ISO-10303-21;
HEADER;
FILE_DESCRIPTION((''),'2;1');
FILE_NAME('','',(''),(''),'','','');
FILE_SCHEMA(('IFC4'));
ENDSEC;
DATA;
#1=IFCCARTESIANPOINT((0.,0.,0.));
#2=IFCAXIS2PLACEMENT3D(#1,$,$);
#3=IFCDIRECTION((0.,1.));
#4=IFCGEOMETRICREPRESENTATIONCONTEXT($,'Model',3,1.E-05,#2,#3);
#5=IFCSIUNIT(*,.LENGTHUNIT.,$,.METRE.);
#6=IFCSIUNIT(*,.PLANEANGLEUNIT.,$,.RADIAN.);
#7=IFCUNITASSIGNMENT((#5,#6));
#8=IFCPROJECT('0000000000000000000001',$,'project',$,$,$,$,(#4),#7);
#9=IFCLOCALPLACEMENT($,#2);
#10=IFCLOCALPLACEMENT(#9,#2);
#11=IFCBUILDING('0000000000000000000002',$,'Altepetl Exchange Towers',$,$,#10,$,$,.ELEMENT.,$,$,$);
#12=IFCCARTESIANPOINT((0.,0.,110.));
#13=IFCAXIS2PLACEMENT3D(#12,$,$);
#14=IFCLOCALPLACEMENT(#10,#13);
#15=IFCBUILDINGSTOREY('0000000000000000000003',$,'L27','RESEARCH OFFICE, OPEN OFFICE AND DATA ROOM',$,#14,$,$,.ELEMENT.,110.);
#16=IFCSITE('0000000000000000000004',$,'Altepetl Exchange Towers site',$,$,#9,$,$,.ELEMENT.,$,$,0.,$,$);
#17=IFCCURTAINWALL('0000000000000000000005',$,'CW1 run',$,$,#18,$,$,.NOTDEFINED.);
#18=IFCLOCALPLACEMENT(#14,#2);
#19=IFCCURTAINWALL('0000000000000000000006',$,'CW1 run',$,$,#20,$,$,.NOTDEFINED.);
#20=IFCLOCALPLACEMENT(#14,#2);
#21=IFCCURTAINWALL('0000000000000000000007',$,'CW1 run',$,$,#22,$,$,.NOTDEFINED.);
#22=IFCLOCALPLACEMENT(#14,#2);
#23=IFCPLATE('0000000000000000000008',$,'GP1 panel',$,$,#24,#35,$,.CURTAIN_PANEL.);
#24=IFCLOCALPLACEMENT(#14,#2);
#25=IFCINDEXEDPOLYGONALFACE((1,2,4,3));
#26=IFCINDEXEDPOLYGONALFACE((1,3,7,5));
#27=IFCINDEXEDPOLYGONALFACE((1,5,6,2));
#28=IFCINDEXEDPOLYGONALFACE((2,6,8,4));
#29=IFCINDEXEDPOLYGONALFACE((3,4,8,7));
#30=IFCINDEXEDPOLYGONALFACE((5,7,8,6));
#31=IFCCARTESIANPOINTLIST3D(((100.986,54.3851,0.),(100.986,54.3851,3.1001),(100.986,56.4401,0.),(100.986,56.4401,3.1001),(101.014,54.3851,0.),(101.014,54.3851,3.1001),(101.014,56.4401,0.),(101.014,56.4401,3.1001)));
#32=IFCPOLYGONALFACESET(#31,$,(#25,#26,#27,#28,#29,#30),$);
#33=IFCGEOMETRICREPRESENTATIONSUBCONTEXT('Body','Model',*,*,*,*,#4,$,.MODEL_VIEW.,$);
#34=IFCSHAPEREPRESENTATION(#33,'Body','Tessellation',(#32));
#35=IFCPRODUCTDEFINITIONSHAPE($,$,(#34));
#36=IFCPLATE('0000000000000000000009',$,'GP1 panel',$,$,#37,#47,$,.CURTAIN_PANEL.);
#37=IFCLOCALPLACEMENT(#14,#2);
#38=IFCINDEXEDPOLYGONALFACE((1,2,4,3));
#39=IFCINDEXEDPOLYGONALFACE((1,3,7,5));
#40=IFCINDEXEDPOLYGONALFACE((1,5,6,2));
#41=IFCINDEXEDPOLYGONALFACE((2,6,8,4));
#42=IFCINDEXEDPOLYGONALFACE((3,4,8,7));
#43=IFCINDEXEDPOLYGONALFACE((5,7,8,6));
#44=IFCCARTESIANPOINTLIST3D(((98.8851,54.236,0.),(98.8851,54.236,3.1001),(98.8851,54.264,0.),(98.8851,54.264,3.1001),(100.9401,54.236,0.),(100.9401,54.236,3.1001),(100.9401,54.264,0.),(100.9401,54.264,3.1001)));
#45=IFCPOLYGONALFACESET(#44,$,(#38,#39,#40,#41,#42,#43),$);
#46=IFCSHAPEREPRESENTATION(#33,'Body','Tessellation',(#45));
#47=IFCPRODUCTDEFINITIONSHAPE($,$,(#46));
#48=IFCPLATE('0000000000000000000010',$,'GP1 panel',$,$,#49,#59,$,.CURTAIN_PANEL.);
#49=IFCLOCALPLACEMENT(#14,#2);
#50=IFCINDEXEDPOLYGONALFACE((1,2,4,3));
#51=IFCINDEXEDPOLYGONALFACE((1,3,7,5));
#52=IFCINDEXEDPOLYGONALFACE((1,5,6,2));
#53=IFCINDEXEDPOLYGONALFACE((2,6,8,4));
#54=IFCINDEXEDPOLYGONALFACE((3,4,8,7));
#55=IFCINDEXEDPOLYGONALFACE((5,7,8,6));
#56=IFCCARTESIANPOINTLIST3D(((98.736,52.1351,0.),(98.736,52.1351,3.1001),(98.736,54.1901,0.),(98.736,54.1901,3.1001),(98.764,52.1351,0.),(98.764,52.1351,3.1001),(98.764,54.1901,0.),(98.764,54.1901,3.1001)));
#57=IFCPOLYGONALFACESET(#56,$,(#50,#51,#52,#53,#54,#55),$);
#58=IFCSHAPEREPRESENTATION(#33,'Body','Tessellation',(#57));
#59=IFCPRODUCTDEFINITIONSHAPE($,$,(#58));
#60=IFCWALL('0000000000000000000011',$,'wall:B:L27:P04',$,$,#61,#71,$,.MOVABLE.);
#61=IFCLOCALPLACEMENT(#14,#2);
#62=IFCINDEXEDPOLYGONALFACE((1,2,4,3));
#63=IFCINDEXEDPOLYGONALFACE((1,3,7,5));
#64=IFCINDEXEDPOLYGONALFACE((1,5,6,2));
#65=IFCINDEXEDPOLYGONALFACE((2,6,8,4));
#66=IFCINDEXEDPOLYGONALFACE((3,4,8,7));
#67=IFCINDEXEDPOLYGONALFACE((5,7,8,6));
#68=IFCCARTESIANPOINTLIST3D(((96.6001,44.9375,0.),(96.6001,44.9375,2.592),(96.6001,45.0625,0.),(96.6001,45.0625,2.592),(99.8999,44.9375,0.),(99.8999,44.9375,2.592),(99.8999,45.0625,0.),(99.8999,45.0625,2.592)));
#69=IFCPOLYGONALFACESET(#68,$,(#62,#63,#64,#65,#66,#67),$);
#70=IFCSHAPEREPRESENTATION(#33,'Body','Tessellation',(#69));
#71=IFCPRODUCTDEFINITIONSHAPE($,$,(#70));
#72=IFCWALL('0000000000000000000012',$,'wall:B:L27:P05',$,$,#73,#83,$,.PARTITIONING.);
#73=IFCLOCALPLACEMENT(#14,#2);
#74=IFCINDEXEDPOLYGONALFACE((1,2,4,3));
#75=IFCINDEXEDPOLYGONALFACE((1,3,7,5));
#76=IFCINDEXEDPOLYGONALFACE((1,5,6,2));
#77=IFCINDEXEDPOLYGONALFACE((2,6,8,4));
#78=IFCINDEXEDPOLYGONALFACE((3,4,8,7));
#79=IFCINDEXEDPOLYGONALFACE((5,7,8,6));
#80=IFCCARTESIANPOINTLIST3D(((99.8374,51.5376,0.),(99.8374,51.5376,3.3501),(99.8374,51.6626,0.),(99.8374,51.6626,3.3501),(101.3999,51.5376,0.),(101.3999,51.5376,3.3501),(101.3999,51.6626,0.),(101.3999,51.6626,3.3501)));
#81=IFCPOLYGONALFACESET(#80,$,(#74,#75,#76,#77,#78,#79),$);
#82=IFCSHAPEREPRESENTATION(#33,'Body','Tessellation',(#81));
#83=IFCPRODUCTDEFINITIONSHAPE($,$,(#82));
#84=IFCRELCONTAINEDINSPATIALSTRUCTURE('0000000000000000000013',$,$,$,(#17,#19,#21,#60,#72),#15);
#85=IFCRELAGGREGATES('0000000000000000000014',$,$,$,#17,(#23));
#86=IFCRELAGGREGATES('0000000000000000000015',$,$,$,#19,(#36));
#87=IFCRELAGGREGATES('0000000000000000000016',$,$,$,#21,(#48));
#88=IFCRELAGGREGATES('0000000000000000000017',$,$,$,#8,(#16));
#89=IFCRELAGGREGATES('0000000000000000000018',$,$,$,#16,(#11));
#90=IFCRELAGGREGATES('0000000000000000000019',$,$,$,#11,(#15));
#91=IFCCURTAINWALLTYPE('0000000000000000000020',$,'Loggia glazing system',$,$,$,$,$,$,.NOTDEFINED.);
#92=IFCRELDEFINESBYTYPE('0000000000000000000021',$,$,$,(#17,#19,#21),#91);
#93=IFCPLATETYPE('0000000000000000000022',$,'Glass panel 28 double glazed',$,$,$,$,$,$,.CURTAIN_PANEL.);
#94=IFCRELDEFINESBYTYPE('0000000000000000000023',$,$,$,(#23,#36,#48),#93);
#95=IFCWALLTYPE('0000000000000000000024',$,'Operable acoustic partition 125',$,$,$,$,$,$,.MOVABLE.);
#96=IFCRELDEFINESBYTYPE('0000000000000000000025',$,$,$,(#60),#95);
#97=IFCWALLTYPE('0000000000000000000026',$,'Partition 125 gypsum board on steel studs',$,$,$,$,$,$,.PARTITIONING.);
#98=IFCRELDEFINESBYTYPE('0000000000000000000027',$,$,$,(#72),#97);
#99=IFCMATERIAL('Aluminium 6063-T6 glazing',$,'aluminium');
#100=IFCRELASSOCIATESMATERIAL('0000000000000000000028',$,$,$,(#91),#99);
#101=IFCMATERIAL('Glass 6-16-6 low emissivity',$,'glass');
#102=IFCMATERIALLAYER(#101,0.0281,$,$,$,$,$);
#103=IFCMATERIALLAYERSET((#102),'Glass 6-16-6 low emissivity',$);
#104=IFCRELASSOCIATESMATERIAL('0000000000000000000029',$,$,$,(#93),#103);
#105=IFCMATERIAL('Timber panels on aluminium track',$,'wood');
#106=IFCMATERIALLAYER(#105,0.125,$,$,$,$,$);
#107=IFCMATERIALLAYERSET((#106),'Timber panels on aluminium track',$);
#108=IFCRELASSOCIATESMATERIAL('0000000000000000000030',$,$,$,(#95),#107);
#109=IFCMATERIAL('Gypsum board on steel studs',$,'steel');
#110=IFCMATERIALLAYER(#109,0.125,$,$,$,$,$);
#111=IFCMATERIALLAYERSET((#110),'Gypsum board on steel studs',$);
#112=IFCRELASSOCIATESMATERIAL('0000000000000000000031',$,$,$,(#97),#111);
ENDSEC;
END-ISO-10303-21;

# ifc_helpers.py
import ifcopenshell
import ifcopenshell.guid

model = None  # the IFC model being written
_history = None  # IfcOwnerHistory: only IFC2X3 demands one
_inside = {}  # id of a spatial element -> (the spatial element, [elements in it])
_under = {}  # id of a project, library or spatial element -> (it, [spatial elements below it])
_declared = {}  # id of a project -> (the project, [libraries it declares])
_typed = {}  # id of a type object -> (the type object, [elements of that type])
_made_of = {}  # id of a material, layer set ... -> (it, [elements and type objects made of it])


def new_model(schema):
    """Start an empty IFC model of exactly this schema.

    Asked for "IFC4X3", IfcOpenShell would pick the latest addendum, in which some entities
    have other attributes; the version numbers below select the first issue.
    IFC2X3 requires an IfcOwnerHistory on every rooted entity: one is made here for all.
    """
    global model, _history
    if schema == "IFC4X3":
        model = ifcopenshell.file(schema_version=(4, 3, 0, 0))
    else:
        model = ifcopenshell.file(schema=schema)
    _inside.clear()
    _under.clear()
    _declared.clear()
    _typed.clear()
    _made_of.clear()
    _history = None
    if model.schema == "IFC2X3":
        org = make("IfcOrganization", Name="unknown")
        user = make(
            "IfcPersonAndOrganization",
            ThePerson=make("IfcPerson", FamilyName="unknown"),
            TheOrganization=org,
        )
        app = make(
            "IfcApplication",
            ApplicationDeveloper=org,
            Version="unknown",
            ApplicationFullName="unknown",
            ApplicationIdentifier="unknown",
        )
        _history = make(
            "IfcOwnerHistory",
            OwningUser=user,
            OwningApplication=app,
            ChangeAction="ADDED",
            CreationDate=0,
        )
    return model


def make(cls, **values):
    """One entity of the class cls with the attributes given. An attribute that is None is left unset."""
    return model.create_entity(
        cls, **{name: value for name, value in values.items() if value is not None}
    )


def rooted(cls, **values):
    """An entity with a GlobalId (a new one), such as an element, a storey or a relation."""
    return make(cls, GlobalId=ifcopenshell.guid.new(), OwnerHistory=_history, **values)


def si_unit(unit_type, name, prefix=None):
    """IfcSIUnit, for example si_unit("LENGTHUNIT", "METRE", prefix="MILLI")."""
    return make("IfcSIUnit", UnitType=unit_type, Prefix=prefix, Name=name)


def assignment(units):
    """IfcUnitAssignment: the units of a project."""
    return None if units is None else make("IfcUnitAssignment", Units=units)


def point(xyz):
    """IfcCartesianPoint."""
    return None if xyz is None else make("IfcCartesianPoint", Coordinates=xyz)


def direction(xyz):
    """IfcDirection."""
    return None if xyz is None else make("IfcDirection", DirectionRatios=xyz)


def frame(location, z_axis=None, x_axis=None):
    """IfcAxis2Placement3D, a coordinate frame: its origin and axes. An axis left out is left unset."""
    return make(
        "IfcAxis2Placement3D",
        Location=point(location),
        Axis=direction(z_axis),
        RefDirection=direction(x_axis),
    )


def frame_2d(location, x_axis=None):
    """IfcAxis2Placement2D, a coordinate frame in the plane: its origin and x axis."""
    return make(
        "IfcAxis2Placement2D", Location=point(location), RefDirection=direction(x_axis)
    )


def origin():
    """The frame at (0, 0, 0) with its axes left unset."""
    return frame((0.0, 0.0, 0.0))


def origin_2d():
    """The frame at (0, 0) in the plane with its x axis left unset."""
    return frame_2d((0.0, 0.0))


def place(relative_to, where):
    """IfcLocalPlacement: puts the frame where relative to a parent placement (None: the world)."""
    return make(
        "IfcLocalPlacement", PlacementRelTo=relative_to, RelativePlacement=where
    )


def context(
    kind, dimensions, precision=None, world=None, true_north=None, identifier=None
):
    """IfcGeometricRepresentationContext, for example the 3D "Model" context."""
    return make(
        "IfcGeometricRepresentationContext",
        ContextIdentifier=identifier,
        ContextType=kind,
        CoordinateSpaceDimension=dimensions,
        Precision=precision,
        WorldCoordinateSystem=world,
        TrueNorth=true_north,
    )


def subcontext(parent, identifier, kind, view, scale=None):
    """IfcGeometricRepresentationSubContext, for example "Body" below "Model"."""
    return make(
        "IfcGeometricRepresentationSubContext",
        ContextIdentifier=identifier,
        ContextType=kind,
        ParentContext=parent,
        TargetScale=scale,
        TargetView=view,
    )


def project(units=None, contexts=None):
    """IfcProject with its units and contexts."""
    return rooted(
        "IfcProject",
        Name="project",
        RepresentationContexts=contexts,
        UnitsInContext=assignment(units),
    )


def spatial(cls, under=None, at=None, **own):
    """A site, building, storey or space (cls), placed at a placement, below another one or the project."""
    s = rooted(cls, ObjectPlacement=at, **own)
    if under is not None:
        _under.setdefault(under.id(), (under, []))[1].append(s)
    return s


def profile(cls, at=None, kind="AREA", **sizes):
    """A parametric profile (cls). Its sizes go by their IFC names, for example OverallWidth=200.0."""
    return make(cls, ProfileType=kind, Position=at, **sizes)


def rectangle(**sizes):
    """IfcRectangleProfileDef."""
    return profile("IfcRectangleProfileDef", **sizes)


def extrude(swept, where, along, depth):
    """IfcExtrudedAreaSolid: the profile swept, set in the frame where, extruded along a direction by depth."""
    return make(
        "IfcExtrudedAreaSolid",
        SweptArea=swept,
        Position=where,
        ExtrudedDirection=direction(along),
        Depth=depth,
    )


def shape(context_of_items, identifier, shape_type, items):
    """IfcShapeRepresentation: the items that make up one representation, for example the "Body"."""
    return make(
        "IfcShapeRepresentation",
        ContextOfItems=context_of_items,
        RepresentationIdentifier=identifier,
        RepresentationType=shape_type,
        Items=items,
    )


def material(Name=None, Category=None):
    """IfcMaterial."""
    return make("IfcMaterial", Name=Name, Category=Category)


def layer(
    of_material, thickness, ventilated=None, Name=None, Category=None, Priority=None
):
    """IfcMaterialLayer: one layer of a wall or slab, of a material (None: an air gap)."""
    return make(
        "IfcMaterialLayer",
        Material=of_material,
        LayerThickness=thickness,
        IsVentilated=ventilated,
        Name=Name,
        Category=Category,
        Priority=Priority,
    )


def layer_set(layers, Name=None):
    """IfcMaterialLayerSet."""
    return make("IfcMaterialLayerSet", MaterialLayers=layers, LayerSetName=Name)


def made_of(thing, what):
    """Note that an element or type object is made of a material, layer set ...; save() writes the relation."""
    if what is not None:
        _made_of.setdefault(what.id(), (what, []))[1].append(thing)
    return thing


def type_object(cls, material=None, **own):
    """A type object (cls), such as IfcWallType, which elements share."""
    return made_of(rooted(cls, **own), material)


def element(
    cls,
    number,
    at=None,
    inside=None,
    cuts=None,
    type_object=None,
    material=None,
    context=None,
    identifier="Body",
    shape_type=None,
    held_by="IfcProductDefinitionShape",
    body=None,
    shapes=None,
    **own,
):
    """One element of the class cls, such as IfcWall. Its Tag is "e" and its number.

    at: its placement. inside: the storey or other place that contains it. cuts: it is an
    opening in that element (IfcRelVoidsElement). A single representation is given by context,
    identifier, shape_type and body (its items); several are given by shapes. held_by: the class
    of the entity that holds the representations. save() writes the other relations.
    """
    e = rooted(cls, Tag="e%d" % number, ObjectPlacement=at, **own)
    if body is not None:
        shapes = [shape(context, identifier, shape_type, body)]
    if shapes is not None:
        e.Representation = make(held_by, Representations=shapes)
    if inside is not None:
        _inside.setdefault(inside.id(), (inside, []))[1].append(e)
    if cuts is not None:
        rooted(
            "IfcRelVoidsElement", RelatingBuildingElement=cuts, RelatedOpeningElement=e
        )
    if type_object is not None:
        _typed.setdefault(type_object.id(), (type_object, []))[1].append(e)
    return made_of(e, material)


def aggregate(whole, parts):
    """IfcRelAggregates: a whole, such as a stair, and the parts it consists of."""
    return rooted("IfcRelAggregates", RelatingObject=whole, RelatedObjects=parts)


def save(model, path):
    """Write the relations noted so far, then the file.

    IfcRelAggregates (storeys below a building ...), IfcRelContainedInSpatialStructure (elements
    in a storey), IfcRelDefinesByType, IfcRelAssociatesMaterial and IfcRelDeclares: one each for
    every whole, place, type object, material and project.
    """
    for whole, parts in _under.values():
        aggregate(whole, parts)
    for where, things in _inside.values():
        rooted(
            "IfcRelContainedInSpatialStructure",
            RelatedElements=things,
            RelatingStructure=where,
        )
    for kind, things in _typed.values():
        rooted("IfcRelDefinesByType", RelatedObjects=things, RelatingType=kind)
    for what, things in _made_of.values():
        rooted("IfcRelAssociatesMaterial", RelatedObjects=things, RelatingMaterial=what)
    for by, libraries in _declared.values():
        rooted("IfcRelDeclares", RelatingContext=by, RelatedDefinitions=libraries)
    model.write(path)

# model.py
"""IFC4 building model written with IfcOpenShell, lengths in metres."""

from ifc_helpers import new_model, si_unit, direction, frame, frame_2d, origin, origin_2d, place, context, subcontext, project, spatial, rectangle, extrude, material, layer, layer_set, type_object, element, aggregate, save


model = new_model("IFC4")

# Units and contexts
model_context = context("Model", 3, precision=1e-05, world=origin(), true_north=direction((0.0, 1.0)))
body_context = subcontext(model_context, "Body", "Model", "MODEL_VIEW")
ifc_project = project(units=[si_unit("LENGTHUNIT", "METRE"), si_unit("PLANEANGLEUNIT", "RADIAN")], contexts=[model_context])

# Site, building, storey
site_placement = place(None, origin())
site = spatial("IfcSite", under=ifc_project, at=site_placement, Name="Altepetl Exchange Towers site", CompositionType="ELEMENT", RefElevation=0.0)
building_placement = place(site_placement, origin())
building = spatial("IfcBuilding", under=site, at=building_placement, Name="Altepetl Exchange Towers", CompositionType="ELEMENT")
storey_placement = place(building_placement, frame((0.0, 0.0, 110.0)))
storey = spatial("IfcBuildingStorey", under=building, at=storey_placement, Name="L27", Description="RESEARCH OFFICE, OPEN OFFICE AND DATA ROOM", CompositionType="ELEMENT", Elevation=110.0)

# Curtain walls
ifc_material_1 = material(Name="Aluminium 6063-T6 glazing", Category="aluminium")
curtain_wall_type = type_object("IfcCurtainWallType", Name="Loggia glazing system", PredefinedType="NOTDEFINED", material=ifc_material_1)
curtain_wall_1_placement = place(storey_placement, origin())
curtain_wall_1 = element("IfcCurtainWall", 1, at=curtain_wall_1_placement, inside=storey, type_object=curtain_wall_type, Name="CW1 run", PredefinedType="NOTDEFINED")
curtain_wall_2_placement = place(storey_placement, origin())
curtain_wall_2 = element("IfcCurtainWall", 2, at=curtain_wall_2_placement, inside=storey, type_object=curtain_wall_type, Name="CW1 run", PredefinedType="NOTDEFINED")
curtain_wall_3_placement = place(storey_placement, origin())
curtain_wall_3 = element("IfcCurtainWall", 3, at=curtain_wall_3_placement, inside=storey, type_object=curtain_wall_type, Name="CW1 run", PredefinedType="NOTDEFINED")

# Plates
ifc_material_2 = material(Name="Glass 6-16-6 low emissivity", Category="glass")
ifc_layer_1 = layer(ifc_material_2, 0.0281)
ifc_layer_set_1 = layer_set([ifc_layer_1], Name="Glass 6-16-6 low emissivity")
plate_type = type_object("IfcPlateType", Name="Glass panel 28 double glazed", PredefinedType="CURTAIN_PANEL", material=ifc_layer_set_1)
plate_1_placement = place(storey_placement, frame((101.0, 55.4126, 0.0), z_axis=(0.0, 0.0, 1.0), x_axis=(0.0, -1.0, 0.0)))
plate_1 = element("IfcPlate", 4, at=plate_1_placement, type_object=plate_type, Name="GP1 panel", PredefinedType="CURTAIN_PANEL", context=body_context, shape_type="SweptSolid", body=[
    extrude(rectangle(XDim=2.0549, YDim=0.0281, at=origin_2d()), origin(), (0.0, 0.0, 1.0), 3.1001),
])
aggregate(curtain_wall_1, [plate_1])
plate_2_placement = place(storey_placement, frame((99.9126, 54.25, 0.0), z_axis=(0.0, 0.0, 1.0), x_axis=(-1.0, 0.0, 0.0)))
plate_2 = element("IfcPlate", 5, at=plate_2_placement, type_object=plate_type, Name="GP1 panel", PredefinedType="CURTAIN_PANEL", context=body_context, shape_type="SweptSolid", body=[
    extrude(rectangle(XDim=2.0549, YDim=0.0281, at=origin_2d()), origin(), (0.0, 0.0, 1.0), 3.1001),
])
aggregate(curtain_wall_2, [plate_2])
plate_3_placement = place(storey_placement, frame((98.75, 53.1626, 0.0), z_axis=(0.0, 0.0, 1.0), x_axis=(0.0, -1.0, 0.0)))
plate_3 = element("IfcPlate", 6, at=plate_3_placement, type_object=plate_type, Name="GP1 panel", PredefinedType="CURTAIN_PANEL", context=body_context, shape_type="SweptSolid", body=[
    extrude(rectangle(XDim=2.0549, YDim=0.0281, at=origin_2d()), origin(), (0.0, 0.0, 1.0), 3.1001),
])
aggregate(curtain_wall_3, [plate_3])

# Walls
ifc_material_3 = material(Name="Timber panels on aluminium track", Category="wood")
ifc_layer_2 = layer(ifc_material_3, 0.125)
ifc_layer_set_2 = layer_set([ifc_layer_2], Name="Timber panels on aluminium track")
wall_type_1 = type_object("IfcWallType", Name="Operable acoustic partition 125", PredefinedType="MOVABLE", material=ifc_layer_set_2)
wall_1_placement = place(storey_placement, frame((96.6001, 45.0, 0.0)))
element("IfcWall", 7, at=wall_1_placement, inside=storey, type_object=wall_type_1, Name="wall:B:L27:P04", PredefinedType="MOVABLE", context=body_context, shape_type="SweptSolid", body=[
    extrude(rectangle(XDim=3.2998, YDim=0.125, at=frame_2d((1.6499, 0.0))), origin(), (0.0, 0.0, 1.0), 2.592),
])
ifc_material_4 = material(Name="Gypsum board on steel studs", Category="steel")
ifc_layer_3 = layer(ifc_material_4, 0.125)
ifc_layer_set_3 = layer_set([ifc_layer_3], Name="Gypsum board on steel studs")
wall_type_2 = type_object("IfcWallType", Name="Partition 125 gypsum board on steel studs", PredefinedType="PARTITIONING", material=ifc_layer_set_3)
wall_2_placement = place(storey_placement, frame((99.8374, 51.6001, 0.0)))
element("IfcWall", 8, at=wall_2_placement, inside=storey, type_object=wall_type_2, Name="wall:B:L27:P05", PredefinedType="PARTITIONING", context=body_context, shape_type="SweptSolid", body=[
    extrude(rectangle(XDim=1.5625, YDim=0.125, at=frame_2d((0.7812, 0.0))), origin(), (0.0, 0.0, 1.0), 3.3501),
])

save(model, "model.ifc")
